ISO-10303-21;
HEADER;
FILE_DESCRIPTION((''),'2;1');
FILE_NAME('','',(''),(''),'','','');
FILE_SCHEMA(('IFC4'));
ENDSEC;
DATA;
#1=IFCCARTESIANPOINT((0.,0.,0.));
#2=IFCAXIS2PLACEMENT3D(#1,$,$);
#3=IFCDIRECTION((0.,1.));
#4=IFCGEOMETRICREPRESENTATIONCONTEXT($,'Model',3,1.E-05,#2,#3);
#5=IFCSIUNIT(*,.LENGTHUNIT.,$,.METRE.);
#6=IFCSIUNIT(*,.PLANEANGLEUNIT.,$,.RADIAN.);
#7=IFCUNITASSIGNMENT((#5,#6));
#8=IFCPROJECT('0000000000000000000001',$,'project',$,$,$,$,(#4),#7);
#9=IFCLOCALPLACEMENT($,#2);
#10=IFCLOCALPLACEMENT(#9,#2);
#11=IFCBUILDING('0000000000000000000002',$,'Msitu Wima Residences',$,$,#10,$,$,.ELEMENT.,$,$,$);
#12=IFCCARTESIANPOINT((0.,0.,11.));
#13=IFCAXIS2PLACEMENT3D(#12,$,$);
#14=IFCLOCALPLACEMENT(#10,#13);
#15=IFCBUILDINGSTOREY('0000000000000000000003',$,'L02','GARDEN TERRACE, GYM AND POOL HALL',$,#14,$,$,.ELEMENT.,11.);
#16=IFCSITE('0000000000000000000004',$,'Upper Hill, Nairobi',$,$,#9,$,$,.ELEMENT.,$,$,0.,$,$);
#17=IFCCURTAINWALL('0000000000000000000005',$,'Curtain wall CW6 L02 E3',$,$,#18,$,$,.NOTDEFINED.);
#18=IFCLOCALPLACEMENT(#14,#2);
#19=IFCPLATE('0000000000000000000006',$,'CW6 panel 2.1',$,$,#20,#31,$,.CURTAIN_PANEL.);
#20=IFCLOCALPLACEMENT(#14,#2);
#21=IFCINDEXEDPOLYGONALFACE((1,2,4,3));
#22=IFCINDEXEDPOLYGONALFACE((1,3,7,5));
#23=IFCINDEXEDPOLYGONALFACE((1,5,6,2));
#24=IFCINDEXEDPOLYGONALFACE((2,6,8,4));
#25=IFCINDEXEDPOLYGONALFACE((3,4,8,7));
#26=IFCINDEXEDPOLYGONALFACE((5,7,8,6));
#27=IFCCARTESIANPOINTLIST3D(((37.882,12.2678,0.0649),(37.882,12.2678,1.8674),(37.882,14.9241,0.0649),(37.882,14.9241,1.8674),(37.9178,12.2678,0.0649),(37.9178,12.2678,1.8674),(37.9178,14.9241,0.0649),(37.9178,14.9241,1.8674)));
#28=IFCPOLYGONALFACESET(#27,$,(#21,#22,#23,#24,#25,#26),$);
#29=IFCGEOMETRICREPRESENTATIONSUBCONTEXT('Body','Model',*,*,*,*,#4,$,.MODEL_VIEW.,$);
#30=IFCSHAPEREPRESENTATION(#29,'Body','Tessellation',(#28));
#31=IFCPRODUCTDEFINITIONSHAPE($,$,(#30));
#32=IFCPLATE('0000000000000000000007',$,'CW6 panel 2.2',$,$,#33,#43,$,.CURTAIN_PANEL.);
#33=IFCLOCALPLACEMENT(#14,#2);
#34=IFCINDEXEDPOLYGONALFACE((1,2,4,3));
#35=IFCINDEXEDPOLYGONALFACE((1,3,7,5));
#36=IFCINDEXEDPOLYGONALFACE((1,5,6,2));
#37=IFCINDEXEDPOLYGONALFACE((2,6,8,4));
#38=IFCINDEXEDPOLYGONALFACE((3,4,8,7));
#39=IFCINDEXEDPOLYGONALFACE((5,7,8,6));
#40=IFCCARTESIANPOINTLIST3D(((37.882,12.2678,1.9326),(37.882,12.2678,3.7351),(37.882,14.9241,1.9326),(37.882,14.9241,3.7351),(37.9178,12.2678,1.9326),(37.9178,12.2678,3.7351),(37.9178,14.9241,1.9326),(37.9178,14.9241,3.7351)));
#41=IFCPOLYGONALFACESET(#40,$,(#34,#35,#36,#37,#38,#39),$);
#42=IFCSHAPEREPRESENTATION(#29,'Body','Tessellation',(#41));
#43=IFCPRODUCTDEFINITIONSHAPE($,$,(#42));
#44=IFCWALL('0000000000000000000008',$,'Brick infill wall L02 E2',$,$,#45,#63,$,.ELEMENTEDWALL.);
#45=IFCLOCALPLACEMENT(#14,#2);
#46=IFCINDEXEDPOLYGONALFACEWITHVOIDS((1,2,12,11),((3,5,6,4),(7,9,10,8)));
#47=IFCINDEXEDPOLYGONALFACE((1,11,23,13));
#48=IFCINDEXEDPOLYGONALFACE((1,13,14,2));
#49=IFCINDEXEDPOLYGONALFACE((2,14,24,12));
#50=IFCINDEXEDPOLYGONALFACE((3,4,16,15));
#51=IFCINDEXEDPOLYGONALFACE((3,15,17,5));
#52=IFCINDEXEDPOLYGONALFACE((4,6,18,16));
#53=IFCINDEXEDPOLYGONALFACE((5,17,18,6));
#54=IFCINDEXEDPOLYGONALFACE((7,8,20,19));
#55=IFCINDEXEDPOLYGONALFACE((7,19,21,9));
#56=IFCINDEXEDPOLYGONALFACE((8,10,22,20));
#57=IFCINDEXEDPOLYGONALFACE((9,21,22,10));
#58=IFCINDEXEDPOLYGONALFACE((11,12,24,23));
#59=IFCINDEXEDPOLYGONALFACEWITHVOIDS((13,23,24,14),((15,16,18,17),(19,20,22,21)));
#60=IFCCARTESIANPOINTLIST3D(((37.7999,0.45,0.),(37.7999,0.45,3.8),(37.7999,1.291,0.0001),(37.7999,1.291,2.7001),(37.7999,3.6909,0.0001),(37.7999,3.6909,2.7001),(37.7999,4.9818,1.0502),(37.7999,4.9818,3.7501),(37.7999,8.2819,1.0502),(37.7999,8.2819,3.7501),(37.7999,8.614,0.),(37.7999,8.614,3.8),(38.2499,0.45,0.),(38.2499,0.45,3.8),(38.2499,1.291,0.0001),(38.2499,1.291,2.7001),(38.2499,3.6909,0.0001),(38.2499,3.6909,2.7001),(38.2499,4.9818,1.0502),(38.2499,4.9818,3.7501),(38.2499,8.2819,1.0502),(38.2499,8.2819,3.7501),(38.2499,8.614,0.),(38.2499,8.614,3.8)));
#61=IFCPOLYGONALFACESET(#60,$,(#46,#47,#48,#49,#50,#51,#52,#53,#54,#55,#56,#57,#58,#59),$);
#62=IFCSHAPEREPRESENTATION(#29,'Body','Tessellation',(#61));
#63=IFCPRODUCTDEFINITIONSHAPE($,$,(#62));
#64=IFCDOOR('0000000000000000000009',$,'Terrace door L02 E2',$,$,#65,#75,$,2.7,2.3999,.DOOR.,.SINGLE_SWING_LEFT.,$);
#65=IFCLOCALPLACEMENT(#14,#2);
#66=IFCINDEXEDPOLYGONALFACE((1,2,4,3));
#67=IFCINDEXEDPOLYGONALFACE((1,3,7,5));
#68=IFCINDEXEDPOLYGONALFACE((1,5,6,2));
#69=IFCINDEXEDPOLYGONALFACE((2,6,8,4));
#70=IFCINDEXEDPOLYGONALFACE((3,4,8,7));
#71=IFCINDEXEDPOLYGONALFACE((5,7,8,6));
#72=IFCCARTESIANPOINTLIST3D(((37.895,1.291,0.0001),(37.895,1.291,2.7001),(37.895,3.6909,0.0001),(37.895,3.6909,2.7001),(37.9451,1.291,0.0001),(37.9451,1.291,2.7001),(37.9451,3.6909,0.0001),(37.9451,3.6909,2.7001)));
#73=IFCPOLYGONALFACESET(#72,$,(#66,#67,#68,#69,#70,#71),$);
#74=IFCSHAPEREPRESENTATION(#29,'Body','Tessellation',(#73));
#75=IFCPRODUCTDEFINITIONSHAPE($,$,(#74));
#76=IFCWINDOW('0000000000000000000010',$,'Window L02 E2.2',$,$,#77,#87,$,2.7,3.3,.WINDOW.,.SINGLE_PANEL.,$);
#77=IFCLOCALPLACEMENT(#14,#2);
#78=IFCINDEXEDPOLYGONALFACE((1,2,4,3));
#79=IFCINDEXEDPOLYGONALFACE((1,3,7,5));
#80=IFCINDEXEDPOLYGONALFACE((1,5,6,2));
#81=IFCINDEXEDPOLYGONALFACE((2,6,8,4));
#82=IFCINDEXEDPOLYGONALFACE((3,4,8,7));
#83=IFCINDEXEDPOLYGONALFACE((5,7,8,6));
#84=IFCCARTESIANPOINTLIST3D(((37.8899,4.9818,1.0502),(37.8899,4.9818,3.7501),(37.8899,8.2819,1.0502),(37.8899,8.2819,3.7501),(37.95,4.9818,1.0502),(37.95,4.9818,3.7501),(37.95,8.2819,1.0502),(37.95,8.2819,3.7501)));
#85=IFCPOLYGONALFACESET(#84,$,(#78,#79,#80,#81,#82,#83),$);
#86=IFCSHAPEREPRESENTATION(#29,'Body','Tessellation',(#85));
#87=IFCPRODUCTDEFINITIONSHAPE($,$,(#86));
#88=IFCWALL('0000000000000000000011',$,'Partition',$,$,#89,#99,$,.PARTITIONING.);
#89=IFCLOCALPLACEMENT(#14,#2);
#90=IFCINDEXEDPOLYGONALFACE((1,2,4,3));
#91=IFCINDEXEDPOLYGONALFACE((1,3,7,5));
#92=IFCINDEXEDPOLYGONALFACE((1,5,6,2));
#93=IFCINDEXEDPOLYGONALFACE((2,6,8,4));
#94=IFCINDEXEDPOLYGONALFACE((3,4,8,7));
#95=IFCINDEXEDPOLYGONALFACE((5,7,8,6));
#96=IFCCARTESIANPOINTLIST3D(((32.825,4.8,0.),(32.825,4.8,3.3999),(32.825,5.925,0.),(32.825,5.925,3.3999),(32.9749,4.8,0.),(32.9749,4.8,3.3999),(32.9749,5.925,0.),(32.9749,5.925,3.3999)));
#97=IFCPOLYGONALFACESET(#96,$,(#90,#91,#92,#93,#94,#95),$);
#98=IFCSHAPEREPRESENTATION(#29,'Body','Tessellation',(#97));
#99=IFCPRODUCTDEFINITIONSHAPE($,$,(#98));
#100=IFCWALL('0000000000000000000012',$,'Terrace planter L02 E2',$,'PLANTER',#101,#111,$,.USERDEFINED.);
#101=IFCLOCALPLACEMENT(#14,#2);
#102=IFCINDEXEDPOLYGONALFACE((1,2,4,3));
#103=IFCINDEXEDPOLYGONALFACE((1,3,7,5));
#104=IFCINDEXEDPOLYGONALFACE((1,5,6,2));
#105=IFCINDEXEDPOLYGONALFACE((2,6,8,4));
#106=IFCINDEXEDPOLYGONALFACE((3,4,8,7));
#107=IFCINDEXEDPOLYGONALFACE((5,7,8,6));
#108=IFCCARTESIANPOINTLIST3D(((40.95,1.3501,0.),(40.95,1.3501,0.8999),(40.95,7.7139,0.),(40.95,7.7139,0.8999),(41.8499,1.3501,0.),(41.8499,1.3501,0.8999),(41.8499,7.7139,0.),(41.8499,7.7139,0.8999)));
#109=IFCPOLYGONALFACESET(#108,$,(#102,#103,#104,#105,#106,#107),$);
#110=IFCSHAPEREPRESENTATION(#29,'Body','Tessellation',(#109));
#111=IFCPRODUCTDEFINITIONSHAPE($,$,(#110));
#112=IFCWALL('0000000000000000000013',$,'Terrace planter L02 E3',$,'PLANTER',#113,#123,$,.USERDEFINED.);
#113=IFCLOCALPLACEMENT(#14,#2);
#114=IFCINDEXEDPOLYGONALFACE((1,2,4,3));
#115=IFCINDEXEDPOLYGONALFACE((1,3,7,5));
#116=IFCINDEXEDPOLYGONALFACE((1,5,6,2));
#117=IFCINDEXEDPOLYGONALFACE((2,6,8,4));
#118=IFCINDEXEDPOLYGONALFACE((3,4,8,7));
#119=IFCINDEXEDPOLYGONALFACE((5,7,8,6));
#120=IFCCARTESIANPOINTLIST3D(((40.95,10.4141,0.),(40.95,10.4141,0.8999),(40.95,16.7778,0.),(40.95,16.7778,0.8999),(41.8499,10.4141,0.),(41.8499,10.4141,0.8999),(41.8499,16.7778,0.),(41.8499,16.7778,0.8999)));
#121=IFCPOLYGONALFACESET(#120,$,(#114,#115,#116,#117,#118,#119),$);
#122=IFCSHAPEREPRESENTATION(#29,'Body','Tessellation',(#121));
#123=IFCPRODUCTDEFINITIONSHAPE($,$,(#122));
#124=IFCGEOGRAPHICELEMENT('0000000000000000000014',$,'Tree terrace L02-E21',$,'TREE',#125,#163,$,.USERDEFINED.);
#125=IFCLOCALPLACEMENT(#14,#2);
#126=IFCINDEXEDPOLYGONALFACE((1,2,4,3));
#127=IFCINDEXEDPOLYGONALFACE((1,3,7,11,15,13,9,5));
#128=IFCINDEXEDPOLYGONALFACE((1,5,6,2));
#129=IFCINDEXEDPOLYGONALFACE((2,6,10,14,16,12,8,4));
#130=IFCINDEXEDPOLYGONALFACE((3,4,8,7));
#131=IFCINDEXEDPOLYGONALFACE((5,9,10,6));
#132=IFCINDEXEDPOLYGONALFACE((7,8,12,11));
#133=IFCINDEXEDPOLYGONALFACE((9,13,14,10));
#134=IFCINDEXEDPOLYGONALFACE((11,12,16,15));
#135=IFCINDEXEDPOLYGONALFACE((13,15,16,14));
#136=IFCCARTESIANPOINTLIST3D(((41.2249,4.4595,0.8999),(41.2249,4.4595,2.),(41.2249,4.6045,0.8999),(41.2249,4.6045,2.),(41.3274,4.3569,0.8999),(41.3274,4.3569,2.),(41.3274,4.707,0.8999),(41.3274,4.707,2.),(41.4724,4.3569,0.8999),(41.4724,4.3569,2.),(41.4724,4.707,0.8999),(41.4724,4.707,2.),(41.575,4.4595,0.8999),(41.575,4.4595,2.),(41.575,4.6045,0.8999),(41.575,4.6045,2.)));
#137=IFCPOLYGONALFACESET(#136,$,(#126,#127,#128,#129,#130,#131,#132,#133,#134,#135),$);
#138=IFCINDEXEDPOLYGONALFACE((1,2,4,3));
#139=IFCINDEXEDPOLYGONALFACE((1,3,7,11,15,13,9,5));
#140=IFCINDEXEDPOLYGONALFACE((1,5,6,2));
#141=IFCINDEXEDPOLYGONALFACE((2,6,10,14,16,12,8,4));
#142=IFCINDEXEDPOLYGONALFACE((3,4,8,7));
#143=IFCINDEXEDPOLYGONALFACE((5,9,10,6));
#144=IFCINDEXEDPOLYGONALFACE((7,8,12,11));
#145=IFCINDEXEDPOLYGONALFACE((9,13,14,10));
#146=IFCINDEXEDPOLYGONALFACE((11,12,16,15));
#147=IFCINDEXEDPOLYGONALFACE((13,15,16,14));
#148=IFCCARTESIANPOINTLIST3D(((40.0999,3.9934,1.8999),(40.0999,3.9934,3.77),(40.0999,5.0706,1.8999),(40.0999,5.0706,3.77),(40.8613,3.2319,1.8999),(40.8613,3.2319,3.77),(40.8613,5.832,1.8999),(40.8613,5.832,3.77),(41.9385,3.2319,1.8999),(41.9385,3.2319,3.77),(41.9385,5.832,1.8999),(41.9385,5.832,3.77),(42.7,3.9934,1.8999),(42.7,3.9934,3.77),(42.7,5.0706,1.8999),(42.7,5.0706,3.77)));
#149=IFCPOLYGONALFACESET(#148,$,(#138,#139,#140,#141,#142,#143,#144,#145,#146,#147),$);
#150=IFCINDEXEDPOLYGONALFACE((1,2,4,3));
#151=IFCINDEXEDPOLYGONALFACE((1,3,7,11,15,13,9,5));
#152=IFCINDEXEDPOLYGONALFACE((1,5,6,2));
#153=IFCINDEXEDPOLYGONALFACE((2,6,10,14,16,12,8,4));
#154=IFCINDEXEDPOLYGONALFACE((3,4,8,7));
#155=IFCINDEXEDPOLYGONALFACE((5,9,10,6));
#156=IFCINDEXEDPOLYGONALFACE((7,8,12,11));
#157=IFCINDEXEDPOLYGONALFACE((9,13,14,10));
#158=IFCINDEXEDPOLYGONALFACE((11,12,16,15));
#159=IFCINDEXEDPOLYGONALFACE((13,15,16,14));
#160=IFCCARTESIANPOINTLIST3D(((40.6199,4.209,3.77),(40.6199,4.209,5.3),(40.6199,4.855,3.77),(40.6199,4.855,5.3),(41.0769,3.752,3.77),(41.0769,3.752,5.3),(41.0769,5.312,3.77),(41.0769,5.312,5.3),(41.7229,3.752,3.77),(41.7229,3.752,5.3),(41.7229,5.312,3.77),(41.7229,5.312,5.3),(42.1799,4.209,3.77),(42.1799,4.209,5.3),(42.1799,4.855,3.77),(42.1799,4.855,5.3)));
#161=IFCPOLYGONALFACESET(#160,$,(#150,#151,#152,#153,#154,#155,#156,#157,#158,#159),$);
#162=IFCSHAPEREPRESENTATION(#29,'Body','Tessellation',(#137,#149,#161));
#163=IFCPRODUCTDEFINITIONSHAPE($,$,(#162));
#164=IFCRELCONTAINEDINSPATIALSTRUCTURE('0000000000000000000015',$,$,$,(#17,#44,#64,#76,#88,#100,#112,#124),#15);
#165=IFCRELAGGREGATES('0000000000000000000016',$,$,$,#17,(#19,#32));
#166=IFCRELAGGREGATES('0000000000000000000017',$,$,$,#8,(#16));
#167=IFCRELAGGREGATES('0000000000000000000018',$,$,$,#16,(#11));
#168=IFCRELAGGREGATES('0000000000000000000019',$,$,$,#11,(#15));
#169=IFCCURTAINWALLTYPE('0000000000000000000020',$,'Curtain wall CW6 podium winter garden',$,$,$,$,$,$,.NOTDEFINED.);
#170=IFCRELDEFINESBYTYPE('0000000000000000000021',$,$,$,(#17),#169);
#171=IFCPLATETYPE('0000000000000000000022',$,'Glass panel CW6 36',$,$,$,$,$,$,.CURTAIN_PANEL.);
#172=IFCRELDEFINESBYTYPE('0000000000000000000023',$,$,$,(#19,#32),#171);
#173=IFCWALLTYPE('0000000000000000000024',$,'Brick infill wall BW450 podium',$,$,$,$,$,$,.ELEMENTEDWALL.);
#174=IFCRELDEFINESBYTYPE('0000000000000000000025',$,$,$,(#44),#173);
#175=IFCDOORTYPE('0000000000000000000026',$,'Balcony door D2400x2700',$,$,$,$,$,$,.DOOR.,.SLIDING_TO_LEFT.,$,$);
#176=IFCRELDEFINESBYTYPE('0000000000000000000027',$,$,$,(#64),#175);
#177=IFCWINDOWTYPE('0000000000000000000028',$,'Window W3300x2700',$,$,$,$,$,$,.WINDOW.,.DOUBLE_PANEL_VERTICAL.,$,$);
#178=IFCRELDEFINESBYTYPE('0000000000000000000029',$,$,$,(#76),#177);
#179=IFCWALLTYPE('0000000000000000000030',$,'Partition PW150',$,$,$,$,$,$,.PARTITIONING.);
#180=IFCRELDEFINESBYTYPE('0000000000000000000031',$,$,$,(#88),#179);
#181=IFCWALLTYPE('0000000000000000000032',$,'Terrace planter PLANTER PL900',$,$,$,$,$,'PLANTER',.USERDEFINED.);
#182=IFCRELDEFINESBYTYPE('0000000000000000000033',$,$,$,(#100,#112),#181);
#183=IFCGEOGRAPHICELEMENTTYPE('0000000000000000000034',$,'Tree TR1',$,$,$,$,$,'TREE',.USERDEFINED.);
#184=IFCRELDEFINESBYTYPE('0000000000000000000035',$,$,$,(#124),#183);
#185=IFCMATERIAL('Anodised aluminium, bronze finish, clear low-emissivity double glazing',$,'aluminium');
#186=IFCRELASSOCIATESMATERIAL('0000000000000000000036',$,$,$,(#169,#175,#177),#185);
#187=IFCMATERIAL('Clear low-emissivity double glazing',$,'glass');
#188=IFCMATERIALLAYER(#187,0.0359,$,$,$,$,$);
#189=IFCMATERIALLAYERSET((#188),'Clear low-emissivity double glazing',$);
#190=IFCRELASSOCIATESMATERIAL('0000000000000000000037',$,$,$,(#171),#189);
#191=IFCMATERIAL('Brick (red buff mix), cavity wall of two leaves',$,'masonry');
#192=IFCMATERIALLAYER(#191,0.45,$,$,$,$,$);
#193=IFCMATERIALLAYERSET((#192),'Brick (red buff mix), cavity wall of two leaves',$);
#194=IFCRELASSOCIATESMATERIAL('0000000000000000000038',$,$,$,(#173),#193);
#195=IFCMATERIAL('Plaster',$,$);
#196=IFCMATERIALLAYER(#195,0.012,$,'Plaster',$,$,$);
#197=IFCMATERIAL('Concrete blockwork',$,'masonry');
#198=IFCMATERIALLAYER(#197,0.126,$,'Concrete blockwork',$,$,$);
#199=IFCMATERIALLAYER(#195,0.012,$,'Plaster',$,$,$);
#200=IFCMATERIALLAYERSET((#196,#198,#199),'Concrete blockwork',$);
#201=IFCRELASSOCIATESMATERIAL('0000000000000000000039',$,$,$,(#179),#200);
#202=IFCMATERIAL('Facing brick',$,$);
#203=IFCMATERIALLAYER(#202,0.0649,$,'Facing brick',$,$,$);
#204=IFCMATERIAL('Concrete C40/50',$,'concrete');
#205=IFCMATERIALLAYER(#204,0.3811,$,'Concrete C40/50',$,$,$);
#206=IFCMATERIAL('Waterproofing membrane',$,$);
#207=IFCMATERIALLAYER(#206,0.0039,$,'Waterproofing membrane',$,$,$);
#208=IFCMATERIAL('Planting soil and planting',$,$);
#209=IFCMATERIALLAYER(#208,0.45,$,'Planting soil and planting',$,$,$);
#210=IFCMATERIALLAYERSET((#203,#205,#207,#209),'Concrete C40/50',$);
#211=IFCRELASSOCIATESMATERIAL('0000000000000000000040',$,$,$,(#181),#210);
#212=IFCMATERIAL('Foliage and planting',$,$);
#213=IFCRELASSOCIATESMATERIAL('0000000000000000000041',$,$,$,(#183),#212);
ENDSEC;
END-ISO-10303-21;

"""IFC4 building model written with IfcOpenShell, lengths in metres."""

from ifc_helpers import new_model, si_unit, direction, frame, frame_2d, origin, origin_2d, place, context, subcontext, project, spatial, polyline, rectangle, outline, extrude, material, layer, layer_set, type_object, element, fill, aggregate, save


model = new_model("IFC4")

# Units and contexts
model_context = context("Model", 3, precision=1e-05, world=origin(), true_north=direction((0.0, 1.0)))
body_context = subcontext(model_context, "Body", "Model", "MODEL_VIEW")
ifc_project = project(units=[si_unit("LENGTHUNIT", "METRE"), si_unit("PLANEANGLEUNIT", "RADIAN")], contexts=[model_context])

# Site, building, storey
site_placement = place(None, origin())
site = spatial("IfcSite", under=ifc_project, at=site_placement, Name="Upper Hill, Nairobi", CompositionType="ELEMENT", RefElevation=0.0)
building_placement = place(site_placement, origin())
building = spatial("IfcBuilding", under=site, at=building_placement, Name="Msitu Wima Residences", CompositionType="ELEMENT")
storey_placement = place(building_placement, frame((0.0, 0.0, 11.0)))
storey = spatial("IfcBuildingStorey", under=building, at=storey_placement, Name="L02", Description="GARDEN TERRACE, GYM AND POOL HALL", CompositionType="ELEMENT", Elevation=11.0)

# Curtain wall
ifc_material_1 = material(Name="Anodised aluminium, bronze finish, clear low-emissivity double glazing", Category="aluminium")
curtain_wall_type = type_object("IfcCurtainWallType", Name="Curtain wall CW6 podium winter garden", PredefinedType="NOTDEFINED", material=ifc_material_1)
curtain_wall_placement = place(storey_placement, origin())
curtain_wall = element("IfcCurtainWall", 1, at=curtain_wall_placement, inside=storey, type_object=curtain_wall_type, Name="Curtain wall CW6 L02 E3", PredefinedType="NOTDEFINED")

# Plates
ifc_material_2 = material(Name="Clear low-emissivity double glazing", Category="glass")
ifc_layer_1 = layer(ifc_material_2, 0.0359)
ifc_layer_set_1 = layer_set([ifc_layer_1], Name="Clear low-emissivity double glazing")
plate_type = type_object("IfcPlateType", Name="Glass panel CW6 36", PredefinedType="CURTAIN_PANEL", material=ifc_layer_set_1)
plate_1_placement = place(storey_placement, frame((37.8999, 13.5959, 0.0649), z_axis=(0.0, 0.0, 1.0), x_axis=(0.0, 1.0, 0.0)))
plate_1 = element("IfcPlate", 2, at=plate_1_placement, type_object=plate_type, Name="CW6 panel 2.1", PredefinedType="CURTAIN_PANEL", context=body_context, shape_type="SweptSolid", body=[
    extrude(rectangle(XDim=2.6562, YDim=0.0359, at=origin_2d()), origin(), (0.0, 0.0, 1.0), 1.8025),
])
plate_2_placement = place(storey_placement, frame((37.8999, 13.5959, 1.9326), z_axis=(0.0, 0.0, 1.0), x_axis=(0.0, 1.0, 0.0)))
plate_2 = element("IfcPlate", 3, at=plate_2_placement, type_object=plate_type, Name="CW6 panel 2.2", PredefinedType="CURTAIN_PANEL", context=body_context, shape_type="SweptSolid", body=[
    extrude(rectangle(XDim=2.6562, YDim=0.0359, at=origin_2d()), origin(), (0.0, 0.0, 1.0), 1.8025),
])
aggregate(curtain_wall, [plate_1, plate_2])

# Wall, openings, door, window
ifc_material_3 = material(Name="Brick (red buff mix), cavity wall of two leaves", Category="masonry")
ifc_layer_2 = layer(ifc_material_3, 0.45)
ifc_layer_set_2 = layer_set([ifc_layer_2], Name="Brick (red buff mix), cavity wall of two leaves")
wall_type_1 = type_object("IfcWallType", Name="Brick infill wall BW450 podium", PredefinedType="ELEMENTEDWALL", material=ifc_layer_set_2)
wall_1_placement = place(storey_placement, frame((38.0249, 0.45, 0.0), z_axis=(0.0, 0.0, 1.0), x_axis=(0.0, 1.0, 0.0)))
wall_1 = element("IfcWall", 4, at=wall_1_placement, inside=storey, type_object=wall_type_1, Name="Brick infill wall L02 E2", PredefinedType="ELEMENTEDWALL", context=body_context, shape_type="SweptSolid", body=[
    extrude(rectangle(XDim=8.1641, YDim=0.45, at=frame_2d((4.082, 0.0))), origin(), (0.0, 0.0, 1.0), 3.8),
])
opening_1_placement = place(wall_1_placement, frame((0.8411, 0.0, 0.0)))
opening_1 = element("IfcOpeningElement", 5, at=opening_1_placement, cuts=wall_1, PredefinedType="OPENING", context=body_context, shape_type="SweptSolid", body=[
    extrude(rectangle(XDim=2.3999, YDim=2.7, at=frame_2d((1.2, 1.3501))), frame((0.0, 0.2349, 0.0), z_axis=(0.0, -1.0, 0.0), x_axis=(1.0, 0.0, 0.0)), (0.0, 0.0, 1.0), 0.47),
])
opening_2_placement = place(wall_1_placement, frame((4.532, 0.0, 1.05)))
opening_2 = element("IfcOpeningElement", 6, at=opening_2_placement, cuts=wall_1, PredefinedType="OPENING", context=body_context, shape_type="SweptSolid", body=[
    extrude(rectangle(XDim=3.3, YDim=2.7, at=frame_2d((1.6499, 1.3501))), frame((0.0, 0.2349, 0.0), z_axis=(0.0, -1.0, 0.0), x_axis=(1.0, 0.0, 0.0)), (0.0, 0.0, 1.0), 0.47),
])
door_type = type_object("IfcDoorType", Name="Balcony door D2400x2700", OperationType="SLIDING_TO_LEFT", PredefinedType="DOOR", material=ifc_material_1)
door_placement = place(opening_1_placement, origin())
door = element("IfcDoor", 7, at=door_placement, inside=storey, type_object=door_type, Name="Terrace door L02 E2", OperationType="SINGLE_SWING_LEFT", OverallHeight=2.7, OverallWidth=2.3999, PredefinedType="DOOR", context=body_context, shape_type="SweptSolid", body=[
    extrude(rectangle(XDim=2.3999, YDim=2.7, at=frame_2d((1.2, 1.3501))), frame((0.0, 0.1299, 0.0), z_axis=(0.0, -1.0, 0.0), x_axis=(1.0, 0.0, 0.0)), (0.0, 0.0, 1.0), 0.05),
])
fill(opening_1, door)
window_type = type_object("IfcWindowType", Name="Window W3300x2700", PartitioningType="DOUBLE_PANEL_VERTICAL", PredefinedType="WINDOW", material=ifc_material_1)
window_placement = place(opening_2_placement, origin())
window = element("IfcWindow", 8, at=window_placement, inside=storey, type_object=window_type, Name="Window L02 E2.2", OverallHeight=2.7, OverallWidth=3.3, PartitioningType="SINGLE_PANEL", PredefinedType="WINDOW", context=body_context, shape_type="SweptSolid", body=[
    extrude(rectangle(XDim=3.3, YDim=2.7, at=frame_2d((1.6499, 1.3501))), frame((0.0, 0.135, 0.0), z_axis=(0.0, -1.0, 0.0), x_axis=(1.0, 0.0, 0.0)), (0.0, 0.0, 1.0), 0.0601),
])
fill(opening_2, window)

# Walls
ifc_material_4 = material(Name="Plaster")
ifc_layer_3 = layer(ifc_material_4, 0.012, Name="Plaster")
ifc_material_5 = material(Name="Concrete blockwork", Category="masonry")
ifc_layer_4 = layer(ifc_material_5, 0.126, Name="Concrete blockwork")
ifc_layer_5 = layer(ifc_material_4, 0.012, Name="Plaster")
ifc_layer_set_3 = layer_set([ifc_layer_3, ifc_layer_4, ifc_layer_5], Name="Concrete blockwork")
wall_type_2 = type_object("IfcWallType", Name="Partition PW150", PredefinedType="PARTITIONING", material=ifc_layer_set_3)
wall_2_placement = place(storey_placement, frame((32.8999, 4.8, 0.0), z_axis=(0.0, 0.0, 1.0), x_axis=(0.0, 1.0, 0.0)))
element("IfcWall", 9, at=wall_2_placement, inside=storey, type_object=wall_type_2, Name="Partition", PredefinedType="PARTITIONING", context=body_context, shape_type="SweptSolid", body=[
    extrude(rectangle(XDim=1.125, YDim=0.1499, at=frame_2d((0.5625, 0.0))), origin(), (0.0, 0.0, 1.0), 3.3999),
])
ifc_material_6 = material(Name="Facing brick")
ifc_layer_6 = layer(ifc_material_6, 0.0649, Name="Facing brick")
ifc_material_7 = material(Name="Concrete C40/50", Category="concrete")
ifc_layer_7 = layer(ifc_material_7, 0.3811, Name="Concrete C40/50")
ifc_material_8 = material(Name="Waterproofing membrane")
ifc_layer_8 = layer(ifc_material_8, 0.0039, Name="Waterproofing membrane")
ifc_material_9 = material(Name="Planting soil and planting")
ifc_layer_9 = layer(ifc_material_9, 0.45, Name="Planting soil and planting")
ifc_layer_set_4 = layer_set([ifc_layer_6, ifc_layer_7, ifc_layer_8, ifc_layer_9], Name="Concrete C40/50")
wall_type_3 = type_object("IfcWallType", Name="Terrace planter PLANTER PL900", ElementType="PLANTER", PredefinedType="USERDEFINED", material=ifc_layer_set_4)
for number, where, z_axis, x_axis, name in (
    (10, (41.3999, 1.3501, 0.0), (0.0, 0.0, 1.0), (0.0, 1.0, 0.0), "Terrace planter L02 E2"),
    (11, (41.3999, 10.4141, 0.0), (0.0, 0.0, 1.0), (0.0, 1.0, 0.0), "Terrace planter L02 E3"),
):
    element("IfcWall", number, at=place(storey_placement, frame(where, z_axis=z_axis, x_axis=x_axis)), inside=storey, type_object=wall_type_3, Name=name, ObjectType="PLANTER", PredefinedType="USERDEFINED", context=body_context, shape_type="SweptSolid", body=[
        extrude(rectangle(XDim=6.3638, YDim=0.8999, at=frame_2d((3.1819, 0.0))), origin(), (0.0, 0.0, 1.0), 0.8999),
    ])

# Geographic element
ifc_material_10 = material(Name="Foliage and planting")
geographic_element_type = type_object("IfcGeographicElementType", Name="Tree TR1", ElementType="TREE", PredefinedType="USERDEFINED", material=ifc_material_10)
for number, where, z_axis, x_axis, name in (
    (12, (41.3999, 4.532, 0.8999), (0.0, 0.0, 1.0), (1.0, 0.0, 0.0), "Tree terrace L02-E21"),
):
    element("IfcGeographicElement", number, at=place(storey_placement, frame(where, z_axis=z_axis, x_axis=x_axis)), inside=storey, type_object=geographic_element_type, Name=name, ObjectType="TREE", PredefinedType="USERDEFINED", context=body_context, shape_type="SweptSolid", body=[
        extrude(outline(polyline([(0.175, 0.0725), (0.0725, 0.175), (-0.0725, 0.175), (-0.175, 0.0725), (-0.175, -0.0725), (-0.0725, -0.175), (0.0725, -0.175), (0.175, -0.0725), (0.175, 0.0725)])), origin(), (0.0, 0.0, 1.0), 1.1001),
        extrude(outline(polyline([(1.3, 0.5386), (0.5386, 1.3), (-0.5386, 1.3), (-1.3, 0.5386), (-1.3, -0.5386), (-0.5386, -1.3), (0.5386, -1.3), (1.3, -0.5386), (1.3, 0.5386)])), frame((0.0, 0.0, 1.0)), (0.0, 0.0, 1.0), 1.8701),
        extrude(outline(polyline([(0.78, 0.323), (0.323, 0.78), (-0.323, 0.78), (-0.78, 0.323), (-0.78, -0.323), (-0.323, -0.78), (0.323, -0.78), (0.78, -0.323), (0.78, 0.323)])), frame((0.0, 0.0, 2.8701)), (0.0, 0.0, 1.0), 1.53),
    ])

save(model, "model.ifc")
